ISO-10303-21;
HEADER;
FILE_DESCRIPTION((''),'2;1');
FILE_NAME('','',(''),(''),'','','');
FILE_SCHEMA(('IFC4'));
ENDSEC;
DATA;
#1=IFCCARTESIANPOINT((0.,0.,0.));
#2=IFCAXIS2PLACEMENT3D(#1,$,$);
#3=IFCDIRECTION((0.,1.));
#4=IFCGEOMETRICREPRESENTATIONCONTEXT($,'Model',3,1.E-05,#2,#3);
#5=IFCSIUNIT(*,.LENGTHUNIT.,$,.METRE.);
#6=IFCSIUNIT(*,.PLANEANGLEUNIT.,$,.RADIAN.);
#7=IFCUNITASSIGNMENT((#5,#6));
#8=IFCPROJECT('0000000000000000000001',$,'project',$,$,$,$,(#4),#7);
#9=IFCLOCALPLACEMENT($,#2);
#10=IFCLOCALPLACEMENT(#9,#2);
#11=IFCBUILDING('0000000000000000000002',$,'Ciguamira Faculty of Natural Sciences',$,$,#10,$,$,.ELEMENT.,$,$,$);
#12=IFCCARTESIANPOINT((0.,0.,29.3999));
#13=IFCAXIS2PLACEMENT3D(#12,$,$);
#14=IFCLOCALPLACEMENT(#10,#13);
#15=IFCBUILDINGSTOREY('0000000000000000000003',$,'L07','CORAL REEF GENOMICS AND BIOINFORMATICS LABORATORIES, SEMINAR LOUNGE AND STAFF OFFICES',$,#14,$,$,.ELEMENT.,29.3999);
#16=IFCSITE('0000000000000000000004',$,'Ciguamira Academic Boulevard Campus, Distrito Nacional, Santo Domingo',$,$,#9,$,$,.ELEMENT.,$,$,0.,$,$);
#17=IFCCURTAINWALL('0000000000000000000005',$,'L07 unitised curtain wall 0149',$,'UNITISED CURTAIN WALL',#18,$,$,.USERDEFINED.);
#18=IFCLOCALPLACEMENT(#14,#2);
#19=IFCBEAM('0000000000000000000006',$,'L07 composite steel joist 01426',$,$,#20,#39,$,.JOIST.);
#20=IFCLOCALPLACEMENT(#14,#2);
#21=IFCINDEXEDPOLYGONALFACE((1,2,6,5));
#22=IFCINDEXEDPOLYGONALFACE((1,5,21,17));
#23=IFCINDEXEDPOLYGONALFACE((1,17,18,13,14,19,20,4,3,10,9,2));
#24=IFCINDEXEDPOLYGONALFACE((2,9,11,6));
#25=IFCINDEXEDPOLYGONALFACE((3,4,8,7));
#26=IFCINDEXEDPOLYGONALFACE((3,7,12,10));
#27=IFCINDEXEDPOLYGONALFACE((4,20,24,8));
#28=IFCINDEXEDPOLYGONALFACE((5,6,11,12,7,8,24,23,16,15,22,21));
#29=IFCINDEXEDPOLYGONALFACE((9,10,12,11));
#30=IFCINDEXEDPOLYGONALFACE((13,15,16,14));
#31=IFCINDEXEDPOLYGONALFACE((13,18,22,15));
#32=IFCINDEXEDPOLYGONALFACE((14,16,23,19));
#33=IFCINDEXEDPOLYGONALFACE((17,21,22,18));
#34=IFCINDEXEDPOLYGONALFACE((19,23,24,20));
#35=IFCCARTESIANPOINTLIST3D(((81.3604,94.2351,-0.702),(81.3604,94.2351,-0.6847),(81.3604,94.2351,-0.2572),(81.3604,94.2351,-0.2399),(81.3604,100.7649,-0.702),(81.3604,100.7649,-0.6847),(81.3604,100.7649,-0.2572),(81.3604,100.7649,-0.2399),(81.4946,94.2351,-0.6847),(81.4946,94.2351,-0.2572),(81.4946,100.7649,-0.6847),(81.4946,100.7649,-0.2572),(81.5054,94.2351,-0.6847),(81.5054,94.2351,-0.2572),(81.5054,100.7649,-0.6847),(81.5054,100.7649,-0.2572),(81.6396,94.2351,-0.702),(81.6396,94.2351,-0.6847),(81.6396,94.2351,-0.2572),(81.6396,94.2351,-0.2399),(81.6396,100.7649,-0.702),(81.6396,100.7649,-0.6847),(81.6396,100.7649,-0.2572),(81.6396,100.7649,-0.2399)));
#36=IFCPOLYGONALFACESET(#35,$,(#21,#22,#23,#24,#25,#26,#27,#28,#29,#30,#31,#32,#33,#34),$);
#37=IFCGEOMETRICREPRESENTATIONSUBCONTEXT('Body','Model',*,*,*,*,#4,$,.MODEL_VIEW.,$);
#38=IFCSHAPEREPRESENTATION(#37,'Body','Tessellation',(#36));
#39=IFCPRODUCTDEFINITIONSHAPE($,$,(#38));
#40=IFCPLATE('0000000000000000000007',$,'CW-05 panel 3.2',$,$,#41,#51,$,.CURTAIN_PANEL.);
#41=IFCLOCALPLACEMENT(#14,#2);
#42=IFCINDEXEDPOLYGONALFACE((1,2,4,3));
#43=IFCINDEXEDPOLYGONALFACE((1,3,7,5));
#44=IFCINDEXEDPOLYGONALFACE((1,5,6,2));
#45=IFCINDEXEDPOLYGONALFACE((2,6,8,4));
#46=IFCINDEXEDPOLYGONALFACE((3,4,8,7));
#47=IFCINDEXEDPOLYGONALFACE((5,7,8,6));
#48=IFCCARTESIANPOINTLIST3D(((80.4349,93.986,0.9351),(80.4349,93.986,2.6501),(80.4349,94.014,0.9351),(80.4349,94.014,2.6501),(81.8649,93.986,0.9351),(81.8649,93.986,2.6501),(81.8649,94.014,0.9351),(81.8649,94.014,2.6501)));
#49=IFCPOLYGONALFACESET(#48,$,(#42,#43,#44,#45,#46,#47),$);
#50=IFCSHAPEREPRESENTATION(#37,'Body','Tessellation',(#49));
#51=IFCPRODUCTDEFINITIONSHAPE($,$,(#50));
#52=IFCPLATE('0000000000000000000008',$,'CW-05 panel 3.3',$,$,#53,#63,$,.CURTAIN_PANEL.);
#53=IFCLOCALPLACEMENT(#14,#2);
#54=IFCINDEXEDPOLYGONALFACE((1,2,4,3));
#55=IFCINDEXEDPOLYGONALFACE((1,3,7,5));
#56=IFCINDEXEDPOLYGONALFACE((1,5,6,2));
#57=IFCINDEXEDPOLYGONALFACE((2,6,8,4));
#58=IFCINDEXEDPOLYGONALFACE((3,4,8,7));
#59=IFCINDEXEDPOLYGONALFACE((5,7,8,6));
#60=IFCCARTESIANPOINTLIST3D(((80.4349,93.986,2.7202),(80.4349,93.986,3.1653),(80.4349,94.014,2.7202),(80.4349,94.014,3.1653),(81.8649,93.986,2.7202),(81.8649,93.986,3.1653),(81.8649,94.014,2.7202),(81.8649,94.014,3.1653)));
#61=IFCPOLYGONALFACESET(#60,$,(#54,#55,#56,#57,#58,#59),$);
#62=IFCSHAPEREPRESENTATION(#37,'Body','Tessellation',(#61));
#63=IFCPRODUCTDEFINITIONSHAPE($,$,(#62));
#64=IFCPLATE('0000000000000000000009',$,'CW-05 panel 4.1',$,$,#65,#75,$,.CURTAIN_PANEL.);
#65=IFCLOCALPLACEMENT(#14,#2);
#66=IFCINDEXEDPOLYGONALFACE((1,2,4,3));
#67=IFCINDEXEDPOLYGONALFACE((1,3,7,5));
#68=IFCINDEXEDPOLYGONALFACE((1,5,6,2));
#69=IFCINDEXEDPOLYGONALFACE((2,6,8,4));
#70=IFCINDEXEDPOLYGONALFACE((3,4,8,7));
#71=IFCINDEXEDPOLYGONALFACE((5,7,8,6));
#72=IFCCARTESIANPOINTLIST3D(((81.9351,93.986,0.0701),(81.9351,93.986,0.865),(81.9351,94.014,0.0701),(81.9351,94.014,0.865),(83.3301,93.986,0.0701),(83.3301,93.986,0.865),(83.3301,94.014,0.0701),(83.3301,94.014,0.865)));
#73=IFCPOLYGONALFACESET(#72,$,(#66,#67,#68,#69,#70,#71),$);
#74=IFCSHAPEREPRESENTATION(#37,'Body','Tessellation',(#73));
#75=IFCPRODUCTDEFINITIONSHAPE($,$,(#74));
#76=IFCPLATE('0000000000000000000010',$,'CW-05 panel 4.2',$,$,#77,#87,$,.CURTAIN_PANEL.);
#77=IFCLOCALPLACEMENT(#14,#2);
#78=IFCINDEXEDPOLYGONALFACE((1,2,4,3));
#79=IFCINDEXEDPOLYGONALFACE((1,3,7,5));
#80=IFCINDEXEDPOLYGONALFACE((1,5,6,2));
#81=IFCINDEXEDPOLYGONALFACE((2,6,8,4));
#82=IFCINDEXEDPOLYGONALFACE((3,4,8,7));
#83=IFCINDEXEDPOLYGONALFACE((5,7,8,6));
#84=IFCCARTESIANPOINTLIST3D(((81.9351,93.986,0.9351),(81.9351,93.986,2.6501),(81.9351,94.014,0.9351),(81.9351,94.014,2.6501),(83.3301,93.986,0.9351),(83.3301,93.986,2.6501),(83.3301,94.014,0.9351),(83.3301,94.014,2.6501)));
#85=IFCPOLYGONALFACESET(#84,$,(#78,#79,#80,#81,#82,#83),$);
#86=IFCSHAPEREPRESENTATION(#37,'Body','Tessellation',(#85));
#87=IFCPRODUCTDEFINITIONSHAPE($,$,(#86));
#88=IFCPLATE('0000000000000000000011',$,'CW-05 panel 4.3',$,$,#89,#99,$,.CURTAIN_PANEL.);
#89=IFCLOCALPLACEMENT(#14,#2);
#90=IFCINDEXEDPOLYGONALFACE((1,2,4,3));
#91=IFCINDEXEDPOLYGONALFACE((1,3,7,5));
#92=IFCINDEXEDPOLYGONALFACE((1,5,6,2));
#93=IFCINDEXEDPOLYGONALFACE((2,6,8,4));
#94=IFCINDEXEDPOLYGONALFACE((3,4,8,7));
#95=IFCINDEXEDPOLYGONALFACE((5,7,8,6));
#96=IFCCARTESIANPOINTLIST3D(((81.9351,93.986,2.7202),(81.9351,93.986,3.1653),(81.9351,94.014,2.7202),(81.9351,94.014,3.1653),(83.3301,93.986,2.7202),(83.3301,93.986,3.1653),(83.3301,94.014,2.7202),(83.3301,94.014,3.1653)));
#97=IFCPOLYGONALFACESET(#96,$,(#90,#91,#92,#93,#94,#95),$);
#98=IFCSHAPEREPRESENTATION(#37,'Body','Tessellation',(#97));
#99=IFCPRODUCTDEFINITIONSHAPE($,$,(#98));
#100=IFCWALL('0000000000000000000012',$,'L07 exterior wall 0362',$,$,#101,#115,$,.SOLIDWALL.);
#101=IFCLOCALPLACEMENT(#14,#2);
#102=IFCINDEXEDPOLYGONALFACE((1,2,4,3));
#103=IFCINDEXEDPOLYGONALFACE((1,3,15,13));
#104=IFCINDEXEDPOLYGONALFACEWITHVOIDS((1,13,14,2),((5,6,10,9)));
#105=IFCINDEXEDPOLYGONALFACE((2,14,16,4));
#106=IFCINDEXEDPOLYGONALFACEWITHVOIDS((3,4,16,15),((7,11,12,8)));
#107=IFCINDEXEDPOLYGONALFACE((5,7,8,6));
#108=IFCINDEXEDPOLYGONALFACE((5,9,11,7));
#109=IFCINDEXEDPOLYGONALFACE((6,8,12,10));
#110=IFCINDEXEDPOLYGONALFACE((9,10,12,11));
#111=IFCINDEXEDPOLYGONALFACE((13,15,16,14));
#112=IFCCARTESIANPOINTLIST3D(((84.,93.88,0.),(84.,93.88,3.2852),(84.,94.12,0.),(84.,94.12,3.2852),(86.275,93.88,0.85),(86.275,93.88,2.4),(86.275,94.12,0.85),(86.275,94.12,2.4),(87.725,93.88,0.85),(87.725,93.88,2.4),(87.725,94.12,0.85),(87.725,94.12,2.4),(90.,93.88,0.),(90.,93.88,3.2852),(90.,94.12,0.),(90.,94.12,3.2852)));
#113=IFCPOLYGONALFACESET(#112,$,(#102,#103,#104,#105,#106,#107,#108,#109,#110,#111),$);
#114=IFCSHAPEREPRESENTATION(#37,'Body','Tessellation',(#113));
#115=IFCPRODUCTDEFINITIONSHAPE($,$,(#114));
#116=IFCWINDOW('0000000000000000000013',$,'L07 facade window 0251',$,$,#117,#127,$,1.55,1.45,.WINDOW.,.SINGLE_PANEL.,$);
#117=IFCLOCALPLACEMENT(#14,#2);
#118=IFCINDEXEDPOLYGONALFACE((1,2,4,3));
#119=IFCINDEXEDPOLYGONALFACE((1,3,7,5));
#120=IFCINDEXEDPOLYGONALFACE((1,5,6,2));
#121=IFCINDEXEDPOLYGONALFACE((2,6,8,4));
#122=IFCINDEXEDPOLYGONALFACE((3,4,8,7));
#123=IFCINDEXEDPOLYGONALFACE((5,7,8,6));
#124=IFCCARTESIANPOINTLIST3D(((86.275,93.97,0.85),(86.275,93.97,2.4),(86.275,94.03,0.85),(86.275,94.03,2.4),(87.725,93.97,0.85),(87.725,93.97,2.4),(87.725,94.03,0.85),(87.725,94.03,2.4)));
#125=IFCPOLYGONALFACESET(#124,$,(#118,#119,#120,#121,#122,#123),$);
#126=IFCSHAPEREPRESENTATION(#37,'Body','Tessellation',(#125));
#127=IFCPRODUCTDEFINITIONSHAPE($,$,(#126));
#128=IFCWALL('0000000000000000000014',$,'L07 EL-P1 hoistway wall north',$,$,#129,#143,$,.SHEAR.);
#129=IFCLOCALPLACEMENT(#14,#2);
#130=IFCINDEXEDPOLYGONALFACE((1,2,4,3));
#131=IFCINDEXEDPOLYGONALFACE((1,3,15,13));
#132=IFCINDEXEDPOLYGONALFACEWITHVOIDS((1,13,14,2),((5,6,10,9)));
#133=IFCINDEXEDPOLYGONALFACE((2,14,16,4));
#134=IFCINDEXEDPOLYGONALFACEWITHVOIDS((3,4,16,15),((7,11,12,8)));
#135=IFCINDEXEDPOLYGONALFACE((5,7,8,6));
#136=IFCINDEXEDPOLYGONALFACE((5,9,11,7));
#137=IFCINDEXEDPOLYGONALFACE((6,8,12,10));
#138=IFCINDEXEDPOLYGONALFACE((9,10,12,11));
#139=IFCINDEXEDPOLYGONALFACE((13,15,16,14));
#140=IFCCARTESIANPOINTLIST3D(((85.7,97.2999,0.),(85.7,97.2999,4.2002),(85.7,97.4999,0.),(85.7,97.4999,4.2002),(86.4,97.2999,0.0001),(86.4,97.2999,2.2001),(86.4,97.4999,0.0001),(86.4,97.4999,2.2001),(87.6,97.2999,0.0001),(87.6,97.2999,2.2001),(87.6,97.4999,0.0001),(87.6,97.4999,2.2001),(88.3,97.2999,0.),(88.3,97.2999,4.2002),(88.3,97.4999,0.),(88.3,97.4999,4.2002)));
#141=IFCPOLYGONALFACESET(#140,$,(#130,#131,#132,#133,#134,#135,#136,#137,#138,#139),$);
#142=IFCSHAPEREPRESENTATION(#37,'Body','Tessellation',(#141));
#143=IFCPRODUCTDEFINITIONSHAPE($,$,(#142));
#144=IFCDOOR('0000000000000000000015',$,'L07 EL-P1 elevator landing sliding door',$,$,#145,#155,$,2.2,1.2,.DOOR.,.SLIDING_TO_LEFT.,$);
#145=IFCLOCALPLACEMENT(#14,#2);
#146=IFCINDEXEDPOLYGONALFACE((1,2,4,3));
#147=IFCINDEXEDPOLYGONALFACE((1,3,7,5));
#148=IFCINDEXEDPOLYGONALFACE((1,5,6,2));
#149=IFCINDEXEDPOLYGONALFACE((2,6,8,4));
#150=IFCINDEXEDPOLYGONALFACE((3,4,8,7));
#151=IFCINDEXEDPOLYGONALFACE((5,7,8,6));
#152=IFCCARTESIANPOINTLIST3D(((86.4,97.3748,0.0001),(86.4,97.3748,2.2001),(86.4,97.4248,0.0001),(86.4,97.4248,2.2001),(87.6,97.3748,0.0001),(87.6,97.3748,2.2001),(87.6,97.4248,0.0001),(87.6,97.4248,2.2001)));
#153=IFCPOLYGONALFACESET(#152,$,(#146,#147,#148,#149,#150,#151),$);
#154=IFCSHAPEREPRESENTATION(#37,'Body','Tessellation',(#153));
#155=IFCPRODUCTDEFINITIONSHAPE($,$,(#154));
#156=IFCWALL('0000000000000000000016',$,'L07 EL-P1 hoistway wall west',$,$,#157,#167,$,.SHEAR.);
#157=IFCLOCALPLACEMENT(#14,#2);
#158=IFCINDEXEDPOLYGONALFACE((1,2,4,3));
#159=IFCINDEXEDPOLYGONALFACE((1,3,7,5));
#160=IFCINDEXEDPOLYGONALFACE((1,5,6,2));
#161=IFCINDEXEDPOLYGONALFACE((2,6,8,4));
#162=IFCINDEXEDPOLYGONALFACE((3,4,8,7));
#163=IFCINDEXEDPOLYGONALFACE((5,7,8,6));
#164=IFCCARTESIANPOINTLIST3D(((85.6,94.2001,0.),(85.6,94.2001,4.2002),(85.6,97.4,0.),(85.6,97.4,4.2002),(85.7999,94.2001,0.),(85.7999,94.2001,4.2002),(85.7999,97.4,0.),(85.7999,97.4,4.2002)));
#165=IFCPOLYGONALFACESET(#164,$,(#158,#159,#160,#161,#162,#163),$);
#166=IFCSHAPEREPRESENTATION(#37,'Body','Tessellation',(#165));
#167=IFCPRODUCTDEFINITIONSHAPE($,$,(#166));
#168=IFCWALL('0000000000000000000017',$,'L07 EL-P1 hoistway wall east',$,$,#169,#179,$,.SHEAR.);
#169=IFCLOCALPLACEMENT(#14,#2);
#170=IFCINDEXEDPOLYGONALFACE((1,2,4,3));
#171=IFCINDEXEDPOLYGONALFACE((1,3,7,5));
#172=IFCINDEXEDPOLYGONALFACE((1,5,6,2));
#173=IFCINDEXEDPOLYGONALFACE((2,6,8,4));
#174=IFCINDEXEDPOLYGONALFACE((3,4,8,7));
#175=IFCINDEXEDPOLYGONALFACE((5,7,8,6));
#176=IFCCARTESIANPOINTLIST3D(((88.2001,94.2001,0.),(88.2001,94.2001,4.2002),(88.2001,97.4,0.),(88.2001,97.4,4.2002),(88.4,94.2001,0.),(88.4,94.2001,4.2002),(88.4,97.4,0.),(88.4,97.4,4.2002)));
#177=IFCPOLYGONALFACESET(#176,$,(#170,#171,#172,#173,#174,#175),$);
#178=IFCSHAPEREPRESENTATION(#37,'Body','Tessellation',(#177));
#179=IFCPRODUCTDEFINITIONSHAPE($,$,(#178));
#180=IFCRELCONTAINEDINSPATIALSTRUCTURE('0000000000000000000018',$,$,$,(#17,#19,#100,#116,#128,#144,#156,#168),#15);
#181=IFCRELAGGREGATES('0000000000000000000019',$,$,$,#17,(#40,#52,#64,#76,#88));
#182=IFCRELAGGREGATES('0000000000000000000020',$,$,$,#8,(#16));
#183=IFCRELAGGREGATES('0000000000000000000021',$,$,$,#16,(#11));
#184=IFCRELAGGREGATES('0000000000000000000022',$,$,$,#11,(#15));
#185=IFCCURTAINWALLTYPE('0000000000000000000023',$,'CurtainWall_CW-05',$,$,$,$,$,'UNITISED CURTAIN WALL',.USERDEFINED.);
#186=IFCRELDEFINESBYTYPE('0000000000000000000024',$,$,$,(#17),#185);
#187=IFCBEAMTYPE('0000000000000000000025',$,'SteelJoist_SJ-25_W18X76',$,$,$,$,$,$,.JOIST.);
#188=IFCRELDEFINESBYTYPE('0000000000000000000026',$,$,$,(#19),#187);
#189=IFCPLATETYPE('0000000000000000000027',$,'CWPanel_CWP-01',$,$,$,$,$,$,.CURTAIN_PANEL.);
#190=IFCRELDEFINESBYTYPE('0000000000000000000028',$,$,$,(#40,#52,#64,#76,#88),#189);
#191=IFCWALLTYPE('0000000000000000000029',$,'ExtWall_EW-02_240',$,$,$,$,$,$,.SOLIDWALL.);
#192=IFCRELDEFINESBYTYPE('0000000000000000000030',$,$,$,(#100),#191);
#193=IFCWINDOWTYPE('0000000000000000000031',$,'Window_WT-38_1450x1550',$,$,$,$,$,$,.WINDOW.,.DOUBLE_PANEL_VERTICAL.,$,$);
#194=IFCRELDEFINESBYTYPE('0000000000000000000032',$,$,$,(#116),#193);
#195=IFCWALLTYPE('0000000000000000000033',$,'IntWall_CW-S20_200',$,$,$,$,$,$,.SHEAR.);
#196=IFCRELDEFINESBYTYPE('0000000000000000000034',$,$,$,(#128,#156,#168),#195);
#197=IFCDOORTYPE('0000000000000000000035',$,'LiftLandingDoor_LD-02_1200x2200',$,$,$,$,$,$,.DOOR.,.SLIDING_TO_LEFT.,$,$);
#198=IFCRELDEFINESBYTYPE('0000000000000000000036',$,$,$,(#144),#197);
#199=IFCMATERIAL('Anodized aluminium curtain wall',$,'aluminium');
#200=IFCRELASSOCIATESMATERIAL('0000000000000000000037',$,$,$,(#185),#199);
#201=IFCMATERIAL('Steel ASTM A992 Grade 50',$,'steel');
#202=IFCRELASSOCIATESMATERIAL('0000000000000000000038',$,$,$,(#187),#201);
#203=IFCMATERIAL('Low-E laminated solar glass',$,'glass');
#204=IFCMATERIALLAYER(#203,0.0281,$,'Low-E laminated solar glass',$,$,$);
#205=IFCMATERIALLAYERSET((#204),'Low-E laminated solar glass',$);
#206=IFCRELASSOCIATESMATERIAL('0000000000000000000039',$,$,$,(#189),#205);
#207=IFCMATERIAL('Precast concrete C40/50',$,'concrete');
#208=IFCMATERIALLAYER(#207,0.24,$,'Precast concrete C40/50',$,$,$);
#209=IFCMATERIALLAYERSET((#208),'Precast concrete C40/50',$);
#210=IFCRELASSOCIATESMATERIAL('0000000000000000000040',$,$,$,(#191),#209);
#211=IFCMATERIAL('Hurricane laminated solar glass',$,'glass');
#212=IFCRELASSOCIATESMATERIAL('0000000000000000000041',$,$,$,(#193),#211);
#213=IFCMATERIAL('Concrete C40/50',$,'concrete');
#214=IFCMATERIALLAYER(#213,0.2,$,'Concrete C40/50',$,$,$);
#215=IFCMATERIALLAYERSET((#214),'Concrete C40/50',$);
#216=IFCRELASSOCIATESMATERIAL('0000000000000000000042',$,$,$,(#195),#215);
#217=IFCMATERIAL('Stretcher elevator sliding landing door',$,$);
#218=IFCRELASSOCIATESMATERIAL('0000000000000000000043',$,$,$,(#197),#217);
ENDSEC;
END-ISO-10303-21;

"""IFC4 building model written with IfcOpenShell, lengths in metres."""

from ifc_helpers import new_model, si_unit, direction, frame, frame_2d, origin, origin_2d, place, context, subcontext, project, spatial, rectangle, i_section, extrude, material, layer, layer_set, material_profile, profile_set, type_object, element, fill, aggregate, save


model = new_model("IFC4")

# Units and contexts
model_context = context("Model", 3, precision=1e-05, world=origin(), true_north=direction((0.0, 1.0)))
body_context = subcontext(model_context, "Body", "Model", "MODEL_VIEW")
ifc_project = project(units=[si_unit("LENGTHUNIT", "METRE"), si_unit("PLANEANGLEUNIT", "RADIAN")], contexts=[model_context])

# Site, building, storey
site_placement = place(None, origin())
site = spatial("IfcSite", under=ifc_project, at=site_placement, Name="Ciguamira Academic Boulevard Campus, Distrito Nacional, Santo Domingo", CompositionType="ELEMENT", RefElevation=0.0)
building_placement = place(site_placement, origin())
building = spatial("IfcBuilding", under=site, at=building_placement, Name="Ciguamira Faculty of Natural Sciences", CompositionType="ELEMENT")
storey_placement = place(building_placement, frame((0.0, 0.0, 29.3999)))
storey = spatial("IfcBuildingStorey", under=building, at=storey_placement, Name="L07", Description="CORAL REEF GENOMICS AND BIOINFORMATICS LABORATORIES, SEMINAR LOUNGE AND STAFF OFFICES", CompositionType="ELEMENT", Elevation=29.3999)

# Shared definitions
ifc_material_1 = material(Name="Concrete C40/50", Category="concrete")

# Curtain wall
ifc_material_2 = material(Name="Anodized aluminium curtain wall", Category="aluminium")
curtain_wall_type_1 = type_object("IfcCurtainWallType", Name="CurtainWall_CW-05", ElementType="UNITISED CURTAIN WALL", PredefinedType="USERDEFINED", material=ifc_material_2)
curtain_wall_1_placement = place(storey_placement, origin())
curtain_wall_1 = element("IfcCurtainWall", 1, at=curtain_wall_1_placement, inside=storey, type_object=curtain_wall_type_1, Name="L07 unitised curtain wall 0149", ObjectType="UNITISED CURTAIN WALL", PredefinedType="USERDEFINED")

# Beam
ifc_material_3 = material(Name="Steel ASTM A992 Grade 50", Category="steel")
ifc_material_profile_1 = material_profile(ifc_material_3, i_section(OverallWidth=0.2793, OverallDepth=0.4622, WebThickness=0.0107, FlangeThickness=0.0173, at=origin_2d()), Name="W18X76")
ifc_profile_set_1 = profile_set([ifc_material_profile_1], Name="Steel ASTM A992 Grade 50")
beam_type_1 = type_object("IfcBeamType", Name="SteelJoist_SJ-25_W18X76", PredefinedType="JOIST", material=ifc_profile_set_1)
beam_1_placement = place(storey_placement, frame((81.5, 94.2351, -0.4709), z_axis=(0.0, 1.0, 0.0), x_axis=(-1.0, 0.0, 0.0)))
element("IfcBeam", 2, at=beam_1_placement, inside=storey, type_object=beam_type_1, Name="L07 composite steel joist 01426", PredefinedType="JOIST", context=body_context, shape_type="SweptSolid", body=[
    extrude(i_section(OverallWidth=0.2793, OverallDepth=0.4622, WebThickness=0.0107, FlangeThickness=0.0173, at=origin_2d()), origin(), (0.0, 0.0, 1.0), 6.5298),
])

# Plates
ifc_material_4 = material(Name="Low-E laminated solar glass", Category="glass")
ifc_layer_1 = layer(ifc_material_4, 0.0281, Name="Low-E laminated solar glass")
ifc_layer_set_1 = layer_set([ifc_layer_1], Name="Low-E laminated solar glass")
plate_type = type_object("IfcPlateType", Name="CWPanel_CWP-01", PredefinedType="CURTAIN_PANEL", material=ifc_layer_set_1)
plate_1_placement = place(storey_placement, frame((81.1499, 94.0, 0.9351), z_axis=(0.0, 0.0, 1.0), x_axis=(1.0, 0.0, 0.0)))
plate_1 = element("IfcPlate", 3, at=plate_1_placement, type_object=plate_type, Name="CW-05 panel 3.2", PredefinedType="CURTAIN_PANEL", context=body_context, shape_type="SweptSolid", body=[
    extrude(rectangle(XDim=1.4299, YDim=0.0281, at=origin_2d()), origin(), (0.0, 0.0, 1.0), 1.7151),
])
plate_2_placement = place(storey_placement, frame((81.1499, 94.0, 2.7202), z_axis=(0.0, 0.0, 1.0), x_axis=(1.0, 0.0, 0.0)))
plate_2 = element("IfcPlate", 4, at=plate_2_placement, type_object=plate_type, Name="CW-05 panel 3.3", PredefinedType="CURTAIN_PANEL", context=body_context, shape_type="SweptSolid", body=[
    extrude(rectangle(XDim=1.4299, YDim=0.0281, at=origin_2d()), origin(), (0.0, 0.0, 1.0), 0.4451),
])
plate_3_placement = place(storey_placement, frame((82.6326, 94.0, 0.0701), z_axis=(0.0, 0.0, 1.0), x_axis=(1.0, 0.0, 0.0)))
plate_3 = element("IfcPlate", 5, at=plate_3_placement, type_object=plate_type, Name="CW-05 panel 4.1", PredefinedType="CURTAIN_PANEL", context=body_context, shape_type="SweptSolid", body=[
    extrude(rectangle(XDim=1.395, YDim=0.0281, at=origin_2d()), origin(), (0.0, 0.0, 1.0), 0.7949),
])
plate_4_placement = place(storey_placement, frame((82.6326, 94.0, 0.9351), z_axis=(0.0, 0.0, 1.0), x_axis=(1.0, 0.0, 0.0)))
plate_4 = element("IfcPlate", 6, at=plate_4_placement, type_object=plate_type, Name="CW-05 panel 4.2", PredefinedType="CURTAIN_PANEL", context=body_context, shape_type="SweptSolid", body=[
    extrude(rectangle(XDim=1.395, YDim=0.0281, at=origin_2d()), origin(), (0.0, 0.0, 1.0), 1.7151),
])
plate_5_placement = place(storey_placement, frame((82.6326, 94.0, 2.7202), z_axis=(0.0, 0.0, 1.0), x_axis=(1.0, 0.0, 0.0)))
plate_5 = element("IfcPlate", 7, at=plate_5_placement, type_object=plate_type, Name="CW-05 panel 4.3", PredefinedType="CURTAIN_PANEL", context=body_context, shape_type="SweptSolid", body=[
    extrude(rectangle(XDim=1.395, YDim=0.0281, at=origin_2d()), origin(), (0.0, 0.0, 1.0), 0.4451),
])
aggregate(curtain_wall_1, [plate_1, plate_2, plate_3, plate_4, plate_5])

# Wall, opening, window
ifc_material_5 = material(Name="Precast concrete C40/50", Category="concrete")
ifc_layer_2 = layer(ifc_material_5, 0.24, Name="Precast concrete C40/50")
ifc_layer_set_2 = layer_set([ifc_layer_2], Name="Precast concrete C40/50")
wall_type_1 = type_object("IfcWallType", Name="ExtWall_EW-02_240", PredefinedType="SOLIDWALL", material=ifc_layer_set_2)
wall_1_placement = place(storey_placement, frame((84.0, 94.0, 0.0), z_axis=(0.0, 0.0, 1.0), x_axis=(1.0, 0.0, 0.0)))
wall_1 = element("IfcWall", 8, at=wall_1_placement, inside=storey, type_object=wall_type_1, Name="L07 exterior wall 0362", PredefinedType="SOLIDWALL", context=body_context, shape_type="SweptSolid", body=[
    extrude(rectangle(XDim=6.0, YDim=0.24, at=frame_2d((3.0, 0.0))), origin(), (0.0, 0.0, 1.0), 3.2852),
])
opening_1_placement = place(wall_1_placement, frame((2.2749, 0.0, 0.8501)))
opening_1 = element("IfcOpeningElement", 9, at=opening_1_placement, cuts=wall_1, PredefinedType="OPENING", context=body_context, shape_type="SweptSolid", body=[
    extrude(rectangle(XDim=1.45, YDim=1.55, at=frame_2d((0.7251, 0.7749))), frame((0.0, 0.1299, 0.0), z_axis=(0.0, -1.0, 0.0), x_axis=(1.0, 0.0, 0.0)), (0.0, 0.0, 1.0), 0.26),
])
ifc_material_6 = material(Name="Hurricane laminated solar glass", Category="glass")
window_type = type_object("IfcWindowType", Name="Window_WT-38_1450x1550", PartitioningType="DOUBLE_PANEL_VERTICAL", PredefinedType="WINDOW", material=ifc_material_6)
window_placement = place(opening_1_placement, origin())
window = element("IfcWindow", 10, at=window_placement, inside=storey, type_object=window_type, Name="L07 facade window 0251", OverallHeight=1.55, OverallWidth=1.45, PartitioningType="SINGLE_PANEL", PredefinedType="WINDOW", context=body_context, shape_type="SweptSolid", body=[
    extrude(rectangle(XDim=1.45, YDim=1.55, at=frame_2d((0.7251, 0.7749))), frame((0.0, 0.03, 0.0), z_axis=(0.0, -1.0, 0.0), x_axis=(1.0, 0.0, 0.0)), (0.0, 0.0, 1.0), 0.0601),
])
fill(opening_1, window)

# Wall, opening, door
ifc_layer_3 = layer(ifc_material_1, 0.2, Name="Concrete C40/50")
ifc_layer_set_3 = layer_set([ifc_layer_3], Name="Concrete C40/50")
wall_type_2 = type_object("IfcWallType", Name="IntWall_CW-S20_200", PredefinedType="SHEAR", material=ifc_layer_set_3)
wall_2_placement = place(storey_placement, frame((85.7, 97.3999, 0.0), z_axis=(0.0, 0.0, 1.0), x_axis=(1.0, 0.0, 0.0)))
wall_2 = element("IfcWall", 11, at=wall_2_placement, inside=storey, type_object=wall_type_2, Name="L07 EL-P1 hoistway wall north", PredefinedType="SHEAR", context=body_context, shape_type="SweptSolid", body=[
    extrude(rectangle(XDim=2.6001, YDim=0.2, at=frame_2d((1.3, 0.0))), origin(), (0.0, 0.0, 1.0), 4.2002),
])
opening_2_placement = place(wall_2_placement, frame((0.7, 0.0, 0.0)))
opening_2 = element("IfcOpeningElement", 12, at=opening_2_placement, cuts=wall_2, PredefinedType="OPENING", context=body_context, shape_type="SweptSolid", body=[
    extrude(rectangle(XDim=1.2, YDim=2.2, at=frame_2d((0.6001, 1.1001))), frame((0.0, 0.1099, 0.0), z_axis=(0.0, -1.0, 0.0), x_axis=(1.0, 0.0, 0.0)), (0.0, 0.0, 1.0), 0.22),
])
ifc_material_7 = material(Name="Stretcher elevator sliding landing door")
door_type = type_object("IfcDoorType", Name="LiftLandingDoor_LD-02_1200x2200", OperationType="SLIDING_TO_LEFT", PredefinedType="DOOR", material=ifc_material_7)
door_placement = place(opening_2_placement, origin())
door = element("IfcDoor", 13, at=door_placement, inside=storey, type_object=door_type, Name="L07 EL-P1 elevator landing sliding door", OperationType="SLIDING_TO_LEFT", OverallHeight=2.2, OverallWidth=1.2, PredefinedType="DOOR", context=body_context, shape_type="SweptSolid", body=[
    extrude(rectangle(XDim=1.2, YDim=2.2, at=frame_2d((0.6001, 1.1001))), frame((0.0, 0.0249, 0.0), z_axis=(0.0, -1.0, 0.0), x_axis=(1.0, 0.0, 0.0)), (0.0, 0.0, 1.0), 0.05),
])
fill(opening_2, door)

# Walls
for number, where, z_axis, x_axis, name in (
    (14, (85.7, 94.2, 0.0), (0.0, 0.0, 1.0), (0.0, 1.0, 0.0), "L07 EL-P1 hoistway wall west"),
    (15, (88.3, 94.2, 0.0), (0.0, 0.0, 1.0), (0.0, 1.0, 0.0), "L07 EL-P1 hoistway wall east"),
):
    element("IfcWall", number, at=place(storey_placement, frame(where, z_axis=z_axis, x_axis=x_axis)), inside=storey, type_object=wall_type_2, Name=name, PredefinedType="SHEAR", context=body_context, shape_type="SweptSolid", body=[
        extrude(rectangle(XDim=3.2, YDim=0.2, at=frame_2d((1.6001, 0.0))), origin(), (0.0, 0.0, 1.0), 4.2002),
    ])

save(model, "model.ifc")
